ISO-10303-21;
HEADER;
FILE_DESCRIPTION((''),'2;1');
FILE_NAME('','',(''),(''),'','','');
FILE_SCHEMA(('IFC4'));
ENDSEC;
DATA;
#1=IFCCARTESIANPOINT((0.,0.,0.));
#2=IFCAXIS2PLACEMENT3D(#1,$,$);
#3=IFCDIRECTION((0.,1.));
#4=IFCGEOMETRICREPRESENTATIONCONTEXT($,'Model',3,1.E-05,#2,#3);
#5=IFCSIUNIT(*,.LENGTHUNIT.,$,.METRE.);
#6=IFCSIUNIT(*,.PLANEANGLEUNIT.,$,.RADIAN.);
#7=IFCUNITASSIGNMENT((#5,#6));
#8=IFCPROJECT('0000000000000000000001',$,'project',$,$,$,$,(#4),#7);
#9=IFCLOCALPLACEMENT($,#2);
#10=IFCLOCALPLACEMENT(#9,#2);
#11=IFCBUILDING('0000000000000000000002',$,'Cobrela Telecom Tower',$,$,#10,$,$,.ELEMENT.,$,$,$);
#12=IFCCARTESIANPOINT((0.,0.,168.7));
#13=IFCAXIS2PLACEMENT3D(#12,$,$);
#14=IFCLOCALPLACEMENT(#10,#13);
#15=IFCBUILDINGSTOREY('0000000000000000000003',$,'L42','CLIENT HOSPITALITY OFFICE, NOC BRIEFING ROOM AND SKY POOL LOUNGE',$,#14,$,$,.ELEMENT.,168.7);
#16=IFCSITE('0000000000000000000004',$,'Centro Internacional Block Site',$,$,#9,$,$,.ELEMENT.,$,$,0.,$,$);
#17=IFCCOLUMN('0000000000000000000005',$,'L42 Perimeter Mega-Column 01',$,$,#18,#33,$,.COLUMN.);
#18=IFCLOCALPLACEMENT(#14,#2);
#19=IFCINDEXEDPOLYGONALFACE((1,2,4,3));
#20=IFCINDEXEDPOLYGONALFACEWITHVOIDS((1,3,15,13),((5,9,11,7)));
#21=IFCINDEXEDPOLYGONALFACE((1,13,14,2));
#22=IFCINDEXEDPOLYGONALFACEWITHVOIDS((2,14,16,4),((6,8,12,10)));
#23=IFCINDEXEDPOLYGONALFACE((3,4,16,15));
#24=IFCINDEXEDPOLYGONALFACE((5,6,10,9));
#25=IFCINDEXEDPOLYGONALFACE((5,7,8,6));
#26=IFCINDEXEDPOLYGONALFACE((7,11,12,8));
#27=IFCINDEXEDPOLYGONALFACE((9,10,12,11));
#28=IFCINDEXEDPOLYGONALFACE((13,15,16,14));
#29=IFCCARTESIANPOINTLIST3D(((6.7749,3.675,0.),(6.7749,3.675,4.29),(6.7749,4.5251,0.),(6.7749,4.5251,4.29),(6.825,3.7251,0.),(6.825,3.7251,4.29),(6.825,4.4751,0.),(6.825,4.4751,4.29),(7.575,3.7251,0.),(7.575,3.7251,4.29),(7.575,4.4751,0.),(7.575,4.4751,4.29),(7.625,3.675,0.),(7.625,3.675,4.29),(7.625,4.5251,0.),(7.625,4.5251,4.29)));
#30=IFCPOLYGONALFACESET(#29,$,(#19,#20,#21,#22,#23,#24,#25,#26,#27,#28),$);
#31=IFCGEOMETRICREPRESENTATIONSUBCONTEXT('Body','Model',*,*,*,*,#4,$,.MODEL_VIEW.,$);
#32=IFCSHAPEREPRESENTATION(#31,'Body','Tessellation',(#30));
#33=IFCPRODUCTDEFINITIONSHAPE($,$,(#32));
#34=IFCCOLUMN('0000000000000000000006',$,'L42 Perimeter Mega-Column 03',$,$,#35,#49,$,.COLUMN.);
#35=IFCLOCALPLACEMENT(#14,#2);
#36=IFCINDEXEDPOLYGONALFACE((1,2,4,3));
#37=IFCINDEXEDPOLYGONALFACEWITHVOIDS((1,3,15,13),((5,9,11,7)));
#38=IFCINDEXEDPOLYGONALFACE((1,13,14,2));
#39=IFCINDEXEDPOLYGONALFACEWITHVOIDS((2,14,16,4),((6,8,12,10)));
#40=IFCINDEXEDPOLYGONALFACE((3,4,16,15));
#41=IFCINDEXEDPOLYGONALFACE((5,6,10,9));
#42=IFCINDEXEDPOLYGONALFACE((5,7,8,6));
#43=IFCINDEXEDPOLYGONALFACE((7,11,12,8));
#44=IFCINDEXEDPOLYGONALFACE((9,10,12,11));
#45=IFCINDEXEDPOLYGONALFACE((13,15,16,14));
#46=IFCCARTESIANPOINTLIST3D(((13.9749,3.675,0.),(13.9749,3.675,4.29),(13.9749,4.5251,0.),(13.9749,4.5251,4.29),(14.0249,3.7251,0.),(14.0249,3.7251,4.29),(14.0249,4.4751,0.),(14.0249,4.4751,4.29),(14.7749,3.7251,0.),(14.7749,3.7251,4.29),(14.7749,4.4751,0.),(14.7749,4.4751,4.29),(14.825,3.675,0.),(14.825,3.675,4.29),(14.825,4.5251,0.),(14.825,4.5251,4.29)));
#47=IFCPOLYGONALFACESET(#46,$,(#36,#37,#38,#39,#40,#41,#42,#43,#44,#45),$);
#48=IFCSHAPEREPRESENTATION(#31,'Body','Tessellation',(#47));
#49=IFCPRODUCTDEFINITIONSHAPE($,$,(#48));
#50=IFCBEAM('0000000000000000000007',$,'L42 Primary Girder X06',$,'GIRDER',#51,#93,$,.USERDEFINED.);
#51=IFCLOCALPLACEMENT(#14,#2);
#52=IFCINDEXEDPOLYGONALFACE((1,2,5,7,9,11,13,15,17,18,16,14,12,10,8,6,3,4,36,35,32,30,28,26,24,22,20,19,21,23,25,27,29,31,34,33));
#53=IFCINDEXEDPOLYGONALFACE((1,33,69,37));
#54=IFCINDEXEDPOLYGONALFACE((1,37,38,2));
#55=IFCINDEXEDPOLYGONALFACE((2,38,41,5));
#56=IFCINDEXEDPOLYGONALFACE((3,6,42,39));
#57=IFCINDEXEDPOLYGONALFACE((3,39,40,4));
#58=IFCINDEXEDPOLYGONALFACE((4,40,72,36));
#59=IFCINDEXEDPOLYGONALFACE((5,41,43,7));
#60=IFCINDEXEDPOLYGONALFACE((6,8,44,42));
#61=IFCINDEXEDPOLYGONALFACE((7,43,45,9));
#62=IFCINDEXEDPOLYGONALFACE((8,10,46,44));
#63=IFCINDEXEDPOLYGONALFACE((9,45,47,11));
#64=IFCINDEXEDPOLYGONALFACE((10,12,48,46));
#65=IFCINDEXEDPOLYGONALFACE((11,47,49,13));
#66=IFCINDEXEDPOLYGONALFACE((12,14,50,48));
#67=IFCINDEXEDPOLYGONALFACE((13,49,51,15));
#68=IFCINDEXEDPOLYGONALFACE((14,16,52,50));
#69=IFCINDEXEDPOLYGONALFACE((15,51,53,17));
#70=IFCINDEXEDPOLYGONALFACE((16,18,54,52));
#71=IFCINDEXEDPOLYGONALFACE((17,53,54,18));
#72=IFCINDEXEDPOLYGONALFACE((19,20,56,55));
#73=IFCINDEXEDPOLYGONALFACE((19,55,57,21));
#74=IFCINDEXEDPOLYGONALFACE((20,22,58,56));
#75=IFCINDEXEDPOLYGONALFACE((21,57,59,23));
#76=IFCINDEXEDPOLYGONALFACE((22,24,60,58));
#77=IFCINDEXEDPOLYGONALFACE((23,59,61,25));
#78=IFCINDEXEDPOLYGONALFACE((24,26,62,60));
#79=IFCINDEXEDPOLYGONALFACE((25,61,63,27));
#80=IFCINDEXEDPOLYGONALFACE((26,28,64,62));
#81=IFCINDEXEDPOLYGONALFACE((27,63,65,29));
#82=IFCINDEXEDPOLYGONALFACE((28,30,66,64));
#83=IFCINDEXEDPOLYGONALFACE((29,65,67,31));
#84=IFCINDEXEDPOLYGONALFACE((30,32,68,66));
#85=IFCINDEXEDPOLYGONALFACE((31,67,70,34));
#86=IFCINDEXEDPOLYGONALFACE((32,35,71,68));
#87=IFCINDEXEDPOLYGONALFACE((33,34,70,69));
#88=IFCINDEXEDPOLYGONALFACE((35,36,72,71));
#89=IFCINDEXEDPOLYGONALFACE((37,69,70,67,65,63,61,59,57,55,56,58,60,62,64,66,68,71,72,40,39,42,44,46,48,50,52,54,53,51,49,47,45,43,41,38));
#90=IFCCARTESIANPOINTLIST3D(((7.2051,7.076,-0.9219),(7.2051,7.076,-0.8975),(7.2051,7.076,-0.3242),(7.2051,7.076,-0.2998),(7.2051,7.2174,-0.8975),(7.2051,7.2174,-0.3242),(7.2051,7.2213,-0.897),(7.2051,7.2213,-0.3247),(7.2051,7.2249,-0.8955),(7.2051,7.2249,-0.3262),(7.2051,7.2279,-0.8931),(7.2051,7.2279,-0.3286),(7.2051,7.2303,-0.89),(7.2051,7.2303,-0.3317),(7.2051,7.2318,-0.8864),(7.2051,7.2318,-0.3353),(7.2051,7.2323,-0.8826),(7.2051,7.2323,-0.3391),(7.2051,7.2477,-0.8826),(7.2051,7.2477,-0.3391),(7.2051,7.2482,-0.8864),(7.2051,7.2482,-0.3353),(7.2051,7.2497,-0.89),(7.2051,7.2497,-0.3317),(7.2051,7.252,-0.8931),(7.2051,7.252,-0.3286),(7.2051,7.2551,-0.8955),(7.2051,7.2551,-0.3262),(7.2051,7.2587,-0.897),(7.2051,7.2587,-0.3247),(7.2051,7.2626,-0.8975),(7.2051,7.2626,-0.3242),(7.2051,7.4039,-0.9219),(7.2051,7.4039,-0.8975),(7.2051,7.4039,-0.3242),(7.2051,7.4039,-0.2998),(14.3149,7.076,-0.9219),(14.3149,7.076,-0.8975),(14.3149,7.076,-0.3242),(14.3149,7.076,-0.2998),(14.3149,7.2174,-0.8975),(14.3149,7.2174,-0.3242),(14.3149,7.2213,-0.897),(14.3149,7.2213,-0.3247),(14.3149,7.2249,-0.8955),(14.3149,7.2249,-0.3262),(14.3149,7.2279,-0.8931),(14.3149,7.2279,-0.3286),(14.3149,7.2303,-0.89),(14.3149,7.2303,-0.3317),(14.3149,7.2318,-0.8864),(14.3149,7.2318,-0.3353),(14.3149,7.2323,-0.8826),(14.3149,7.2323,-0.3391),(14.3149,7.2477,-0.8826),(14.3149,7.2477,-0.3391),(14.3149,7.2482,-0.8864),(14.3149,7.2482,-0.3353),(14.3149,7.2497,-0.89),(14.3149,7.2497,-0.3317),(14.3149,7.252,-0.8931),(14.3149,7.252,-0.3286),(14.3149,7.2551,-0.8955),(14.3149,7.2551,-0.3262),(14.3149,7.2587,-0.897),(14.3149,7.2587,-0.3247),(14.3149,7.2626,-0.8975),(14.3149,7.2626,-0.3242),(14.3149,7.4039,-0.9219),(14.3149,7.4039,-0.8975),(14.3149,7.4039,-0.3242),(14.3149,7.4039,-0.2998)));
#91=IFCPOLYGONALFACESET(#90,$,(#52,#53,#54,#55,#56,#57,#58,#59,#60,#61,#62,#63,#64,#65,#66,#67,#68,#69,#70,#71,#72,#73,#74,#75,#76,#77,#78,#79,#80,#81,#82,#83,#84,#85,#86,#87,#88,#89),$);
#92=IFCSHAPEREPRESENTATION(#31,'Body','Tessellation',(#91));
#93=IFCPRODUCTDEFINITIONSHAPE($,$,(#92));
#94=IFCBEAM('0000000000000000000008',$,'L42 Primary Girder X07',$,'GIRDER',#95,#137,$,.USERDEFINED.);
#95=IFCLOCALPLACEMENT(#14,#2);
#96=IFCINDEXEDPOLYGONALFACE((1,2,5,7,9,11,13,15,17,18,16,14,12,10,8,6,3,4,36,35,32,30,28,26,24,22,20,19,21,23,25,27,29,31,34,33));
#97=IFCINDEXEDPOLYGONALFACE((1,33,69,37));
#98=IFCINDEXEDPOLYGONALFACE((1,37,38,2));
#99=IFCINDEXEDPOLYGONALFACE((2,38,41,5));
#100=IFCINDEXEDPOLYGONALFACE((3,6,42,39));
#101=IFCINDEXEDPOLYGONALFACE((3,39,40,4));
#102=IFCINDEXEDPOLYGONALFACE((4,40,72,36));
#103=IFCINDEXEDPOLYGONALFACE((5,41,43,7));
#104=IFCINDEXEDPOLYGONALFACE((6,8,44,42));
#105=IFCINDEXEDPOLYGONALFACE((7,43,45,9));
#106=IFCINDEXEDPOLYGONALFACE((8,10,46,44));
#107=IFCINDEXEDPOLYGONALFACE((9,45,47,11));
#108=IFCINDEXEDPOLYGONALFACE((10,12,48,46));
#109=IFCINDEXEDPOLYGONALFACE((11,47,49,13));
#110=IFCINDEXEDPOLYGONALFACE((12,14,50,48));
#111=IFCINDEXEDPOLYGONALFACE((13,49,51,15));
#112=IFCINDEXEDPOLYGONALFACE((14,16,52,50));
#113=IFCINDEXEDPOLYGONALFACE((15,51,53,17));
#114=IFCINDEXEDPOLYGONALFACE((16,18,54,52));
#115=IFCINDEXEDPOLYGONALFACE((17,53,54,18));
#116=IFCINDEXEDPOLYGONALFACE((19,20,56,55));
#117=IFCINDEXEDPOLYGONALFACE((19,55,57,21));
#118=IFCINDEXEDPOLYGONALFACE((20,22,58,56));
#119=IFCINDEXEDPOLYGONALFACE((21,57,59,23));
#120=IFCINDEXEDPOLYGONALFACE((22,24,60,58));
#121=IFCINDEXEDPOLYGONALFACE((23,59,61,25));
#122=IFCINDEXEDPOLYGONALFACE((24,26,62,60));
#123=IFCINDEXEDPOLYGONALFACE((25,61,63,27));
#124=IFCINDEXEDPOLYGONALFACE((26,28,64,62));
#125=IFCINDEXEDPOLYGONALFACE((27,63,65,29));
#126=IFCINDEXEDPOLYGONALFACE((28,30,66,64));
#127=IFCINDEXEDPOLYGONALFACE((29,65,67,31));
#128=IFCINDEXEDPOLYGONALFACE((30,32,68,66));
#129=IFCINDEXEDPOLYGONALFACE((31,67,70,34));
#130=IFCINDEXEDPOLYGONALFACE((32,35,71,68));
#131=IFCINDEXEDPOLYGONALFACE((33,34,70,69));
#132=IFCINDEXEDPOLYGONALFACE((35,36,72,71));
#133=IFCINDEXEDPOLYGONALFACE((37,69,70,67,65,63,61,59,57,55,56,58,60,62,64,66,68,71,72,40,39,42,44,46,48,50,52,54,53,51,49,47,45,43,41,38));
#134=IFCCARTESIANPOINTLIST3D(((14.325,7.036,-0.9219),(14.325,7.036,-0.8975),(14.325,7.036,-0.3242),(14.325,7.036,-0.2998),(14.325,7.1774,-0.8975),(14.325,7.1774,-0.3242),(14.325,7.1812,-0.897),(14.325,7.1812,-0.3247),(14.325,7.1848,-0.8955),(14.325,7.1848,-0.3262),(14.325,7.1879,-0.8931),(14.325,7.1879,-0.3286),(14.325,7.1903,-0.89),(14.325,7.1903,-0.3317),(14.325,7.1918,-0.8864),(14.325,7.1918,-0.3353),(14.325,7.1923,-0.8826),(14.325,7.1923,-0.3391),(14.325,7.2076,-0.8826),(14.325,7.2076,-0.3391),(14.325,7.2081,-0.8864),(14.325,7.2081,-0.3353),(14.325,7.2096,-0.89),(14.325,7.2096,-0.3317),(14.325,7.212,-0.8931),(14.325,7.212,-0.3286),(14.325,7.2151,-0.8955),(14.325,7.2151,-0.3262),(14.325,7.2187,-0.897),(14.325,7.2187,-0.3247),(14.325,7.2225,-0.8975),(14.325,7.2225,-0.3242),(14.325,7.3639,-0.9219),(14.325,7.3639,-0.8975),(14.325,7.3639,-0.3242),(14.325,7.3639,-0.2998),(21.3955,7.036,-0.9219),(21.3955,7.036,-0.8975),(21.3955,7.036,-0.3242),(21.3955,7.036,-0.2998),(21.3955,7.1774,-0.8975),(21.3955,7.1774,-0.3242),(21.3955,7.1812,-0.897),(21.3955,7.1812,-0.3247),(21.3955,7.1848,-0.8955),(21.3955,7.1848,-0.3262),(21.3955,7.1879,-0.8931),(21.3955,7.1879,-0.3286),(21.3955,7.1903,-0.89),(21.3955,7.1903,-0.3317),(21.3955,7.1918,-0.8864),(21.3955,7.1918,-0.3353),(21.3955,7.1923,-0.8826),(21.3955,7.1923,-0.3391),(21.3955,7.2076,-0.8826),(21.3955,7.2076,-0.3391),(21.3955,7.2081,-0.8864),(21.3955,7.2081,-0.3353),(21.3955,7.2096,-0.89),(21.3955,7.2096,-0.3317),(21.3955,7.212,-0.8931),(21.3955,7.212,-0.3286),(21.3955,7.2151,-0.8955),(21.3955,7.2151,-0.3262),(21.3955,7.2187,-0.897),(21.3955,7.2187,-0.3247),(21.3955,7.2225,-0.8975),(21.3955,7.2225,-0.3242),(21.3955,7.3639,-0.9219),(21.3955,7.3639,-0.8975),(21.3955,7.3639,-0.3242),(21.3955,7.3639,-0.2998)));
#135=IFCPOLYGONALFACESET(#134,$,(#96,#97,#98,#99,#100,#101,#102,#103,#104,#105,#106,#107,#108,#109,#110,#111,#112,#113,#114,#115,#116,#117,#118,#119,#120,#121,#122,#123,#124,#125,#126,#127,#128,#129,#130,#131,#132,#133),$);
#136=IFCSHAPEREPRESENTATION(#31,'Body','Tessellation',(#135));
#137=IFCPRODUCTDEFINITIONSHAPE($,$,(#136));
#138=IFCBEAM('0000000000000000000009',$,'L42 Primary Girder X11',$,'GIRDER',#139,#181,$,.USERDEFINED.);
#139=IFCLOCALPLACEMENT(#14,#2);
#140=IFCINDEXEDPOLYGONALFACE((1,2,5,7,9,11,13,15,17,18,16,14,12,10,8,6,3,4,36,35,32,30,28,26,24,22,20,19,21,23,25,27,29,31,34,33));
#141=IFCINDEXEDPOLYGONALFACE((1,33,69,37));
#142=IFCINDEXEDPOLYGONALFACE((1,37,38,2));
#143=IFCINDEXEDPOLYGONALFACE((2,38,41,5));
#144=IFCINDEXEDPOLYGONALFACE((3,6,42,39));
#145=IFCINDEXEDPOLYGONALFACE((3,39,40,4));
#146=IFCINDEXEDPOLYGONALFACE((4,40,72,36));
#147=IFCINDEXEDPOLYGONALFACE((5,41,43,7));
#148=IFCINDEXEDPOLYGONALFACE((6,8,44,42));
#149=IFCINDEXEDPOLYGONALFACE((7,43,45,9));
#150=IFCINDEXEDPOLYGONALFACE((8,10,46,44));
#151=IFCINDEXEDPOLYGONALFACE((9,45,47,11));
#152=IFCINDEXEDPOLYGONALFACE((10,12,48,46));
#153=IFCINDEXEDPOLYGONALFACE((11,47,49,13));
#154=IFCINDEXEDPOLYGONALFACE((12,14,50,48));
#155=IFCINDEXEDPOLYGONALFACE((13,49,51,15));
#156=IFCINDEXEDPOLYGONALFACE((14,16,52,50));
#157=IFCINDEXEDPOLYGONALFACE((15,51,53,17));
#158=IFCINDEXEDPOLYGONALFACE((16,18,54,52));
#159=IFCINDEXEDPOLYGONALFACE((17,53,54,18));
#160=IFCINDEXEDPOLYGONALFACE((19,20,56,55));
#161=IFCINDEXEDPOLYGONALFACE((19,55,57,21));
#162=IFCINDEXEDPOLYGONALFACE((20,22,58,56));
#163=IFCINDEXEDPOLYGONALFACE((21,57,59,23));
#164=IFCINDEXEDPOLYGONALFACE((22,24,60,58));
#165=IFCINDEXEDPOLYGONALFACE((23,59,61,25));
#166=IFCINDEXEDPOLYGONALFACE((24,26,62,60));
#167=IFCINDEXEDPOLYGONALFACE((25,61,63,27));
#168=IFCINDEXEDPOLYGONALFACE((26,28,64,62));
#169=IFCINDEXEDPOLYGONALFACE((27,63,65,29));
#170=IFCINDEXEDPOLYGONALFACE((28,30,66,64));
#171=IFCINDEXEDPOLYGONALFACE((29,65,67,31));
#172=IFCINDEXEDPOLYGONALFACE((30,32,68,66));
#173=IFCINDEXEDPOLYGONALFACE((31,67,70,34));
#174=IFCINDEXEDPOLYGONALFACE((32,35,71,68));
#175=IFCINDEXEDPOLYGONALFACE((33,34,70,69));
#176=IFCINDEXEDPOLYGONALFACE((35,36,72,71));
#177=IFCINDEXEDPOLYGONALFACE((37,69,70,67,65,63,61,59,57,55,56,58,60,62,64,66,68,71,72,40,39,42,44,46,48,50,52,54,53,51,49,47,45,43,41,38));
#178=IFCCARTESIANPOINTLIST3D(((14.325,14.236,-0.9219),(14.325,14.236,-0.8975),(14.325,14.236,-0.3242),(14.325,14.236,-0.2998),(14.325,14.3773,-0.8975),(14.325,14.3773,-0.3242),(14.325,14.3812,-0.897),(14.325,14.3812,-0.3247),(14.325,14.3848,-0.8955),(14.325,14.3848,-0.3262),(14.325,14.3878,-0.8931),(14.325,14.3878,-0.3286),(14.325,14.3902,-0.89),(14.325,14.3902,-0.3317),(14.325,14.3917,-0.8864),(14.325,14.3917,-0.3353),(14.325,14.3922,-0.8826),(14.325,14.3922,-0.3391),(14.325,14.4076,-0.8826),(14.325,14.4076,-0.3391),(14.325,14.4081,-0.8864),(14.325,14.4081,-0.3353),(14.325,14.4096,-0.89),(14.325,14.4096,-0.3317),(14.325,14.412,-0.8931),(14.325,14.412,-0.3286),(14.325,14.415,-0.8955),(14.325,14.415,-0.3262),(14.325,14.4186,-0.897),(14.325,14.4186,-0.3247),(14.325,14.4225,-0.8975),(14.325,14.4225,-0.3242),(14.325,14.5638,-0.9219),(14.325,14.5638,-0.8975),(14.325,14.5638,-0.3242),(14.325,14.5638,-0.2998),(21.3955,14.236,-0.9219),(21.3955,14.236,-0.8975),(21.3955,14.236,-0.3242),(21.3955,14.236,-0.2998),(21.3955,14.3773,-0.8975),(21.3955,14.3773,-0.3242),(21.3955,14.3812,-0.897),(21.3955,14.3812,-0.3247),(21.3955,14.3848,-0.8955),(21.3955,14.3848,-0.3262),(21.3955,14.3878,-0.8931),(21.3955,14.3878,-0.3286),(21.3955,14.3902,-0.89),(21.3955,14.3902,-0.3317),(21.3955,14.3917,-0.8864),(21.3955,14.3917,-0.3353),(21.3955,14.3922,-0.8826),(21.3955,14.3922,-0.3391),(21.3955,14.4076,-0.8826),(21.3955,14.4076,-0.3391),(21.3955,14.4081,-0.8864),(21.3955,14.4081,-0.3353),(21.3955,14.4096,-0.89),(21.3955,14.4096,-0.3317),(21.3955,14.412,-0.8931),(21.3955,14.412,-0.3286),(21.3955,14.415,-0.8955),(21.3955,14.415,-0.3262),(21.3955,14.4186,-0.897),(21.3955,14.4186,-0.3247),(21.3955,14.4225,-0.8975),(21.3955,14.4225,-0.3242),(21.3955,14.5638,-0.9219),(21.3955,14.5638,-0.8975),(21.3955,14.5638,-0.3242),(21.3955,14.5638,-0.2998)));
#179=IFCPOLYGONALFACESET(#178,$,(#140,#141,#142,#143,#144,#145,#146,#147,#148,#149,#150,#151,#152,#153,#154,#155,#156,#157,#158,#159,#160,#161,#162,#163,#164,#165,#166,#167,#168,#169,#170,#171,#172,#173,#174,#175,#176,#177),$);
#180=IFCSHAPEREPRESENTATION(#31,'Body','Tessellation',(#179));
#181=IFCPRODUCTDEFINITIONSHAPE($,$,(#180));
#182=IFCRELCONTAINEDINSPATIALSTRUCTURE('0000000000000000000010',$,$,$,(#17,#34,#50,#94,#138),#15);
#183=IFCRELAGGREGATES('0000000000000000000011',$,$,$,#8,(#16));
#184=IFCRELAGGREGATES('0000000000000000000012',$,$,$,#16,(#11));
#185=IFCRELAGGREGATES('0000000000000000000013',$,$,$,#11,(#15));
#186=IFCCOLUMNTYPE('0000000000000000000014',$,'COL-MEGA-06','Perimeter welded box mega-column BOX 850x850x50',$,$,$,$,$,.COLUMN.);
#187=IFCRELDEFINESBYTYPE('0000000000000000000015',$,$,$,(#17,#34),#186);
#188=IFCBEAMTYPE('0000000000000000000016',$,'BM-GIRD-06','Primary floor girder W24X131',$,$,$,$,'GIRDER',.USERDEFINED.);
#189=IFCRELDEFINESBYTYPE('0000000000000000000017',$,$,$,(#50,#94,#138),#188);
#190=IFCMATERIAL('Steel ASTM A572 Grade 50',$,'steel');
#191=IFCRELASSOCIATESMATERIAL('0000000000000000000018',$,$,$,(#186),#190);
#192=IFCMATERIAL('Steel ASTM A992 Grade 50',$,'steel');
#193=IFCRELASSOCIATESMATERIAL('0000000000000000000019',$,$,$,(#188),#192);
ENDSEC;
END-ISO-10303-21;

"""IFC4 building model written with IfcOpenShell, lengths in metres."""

from ifc_helpers import new_model, si_unit, direction, frame, origin, origin_2d, place, context, subcontext, project, spatial, hollow_rectangle, i_section, extrude, material, material_profile, profile_set, type_object, element, save


model = new_model("IFC4")

# Units and contexts
model_context = context("Model", 3, precision=1e-05, world=origin(), true_north=direction((0.0, 1.0)))
body_context = subcontext(model_context, "Body", "Model", "MODEL_VIEW")
ifc_project = project(units=[si_unit("LENGTHUNIT", "METRE"), si_unit("PLANEANGLEUNIT", "RADIAN")], contexts=[model_context])

# Site, building, storey
site_placement = place(None, origin())
site = spatial("IfcSite", under=ifc_project, at=site_placement, Name="Centro Internacional Block Site", CompositionType="ELEMENT", RefElevation=0.0)
building_placement = place(site_placement, origin())
building = spatial("IfcBuilding", under=site, at=building_placement, Name="Cobrela Telecom Tower", CompositionType="ELEMENT")
storey_placement = place(building_placement, frame((0.0, 0.0, 168.7)))
storey = spatial("IfcBuildingStorey", under=building, at=storey_placement, Name="L42", Description="CLIENT HOSPITALITY OFFICE, NOC BRIEFING ROOM AND SKY POOL LOUNGE", CompositionType="ELEMENT", Elevation=168.7)

# Columns
ifc_material_1 = material(Name="Steel ASTM A572 Grade 50", Category="steel")
ifc_material_profile_1 = material_profile(ifc_material_1, hollow_rectangle(XDim=0.8501, YDim=0.8501, WallThickness=0.05, at=origin_2d()), Name="BOX 850x850x50")
ifc_profile_set_1 = profile_set([ifc_material_profile_1], Name="Steel ASTM A572 Grade 50")
column_type = type_object("IfcColumnType", Name="COL-MEGA-06", Description="Perimeter welded box mega-column BOX 850x850x50", PredefinedType="COLUMN", material=ifc_profile_set_1)
for number, where, z_axis, x_axis, name in (
    (1, (7.2, 4.1001, 0.0), (0.0, 0.0, 1.0), (1.0, 0.0, 0.0), "L42 Perimeter Mega-Column 01"),
    (2, (14.3999, 4.1001, 0.0), (0.0, 0.0, 1.0), (1.0, 0.0, 0.0), "L42 Perimeter Mega-Column 03"),
):
    element("IfcColumn", number, at=place(storey_placement, frame(where, z_axis=z_axis, x_axis=x_axis)), inside=storey, type_object=column_type, Name=name, PredefinedType="COLUMN", context=body_context, shape_type="SweptSolid", body=[
        extrude(hollow_rectangle(XDim=0.8501, YDim=0.8501, WallThickness=0.05, at=origin_2d()), origin(), (0.0, 0.0, 1.0), 4.29),
    ])

# Beams
ifc_material_2 = material(Name="Steel ASTM A992 Grade 50", Category="steel")
ifc_material_profile_2 = material_profile(ifc_material_2, i_section(OverallWidth=0.3279, OverallDepth=0.6221, WebThickness=0.0154, FlangeThickness=0.0244, FilletRadius=0.0149, at=origin_2d()), Name="W24X131")
ifc_profile_set_2 = profile_set([ifc_material_profile_2], Name="Steel ASTM A992 Grade 50")
beam_type_1 = type_object("IfcBeamType", Name="BM-GIRD-06", Description="Primary floor girder W24X131", ElementType="GIRDER", PredefinedType="USERDEFINED", material=ifc_profile_set_2)
beam_1_placement = place(storey_placement, frame((7.2051, 7.24, -0.6108), z_axis=(1.0, 0.0, 0.0), x_axis=(0.0, 1.0, 0.0)))
element("IfcBeam", 3, at=beam_1_placement, inside=storey, type_object=beam_type_1, Name="L42 Primary Girder X06", ObjectType="GIRDER", PredefinedType="USERDEFINED", context=body_context, shape_type="SweptSolid", body=[
    extrude(i_section(OverallWidth=0.3279, OverallDepth=0.6221, WebThickness=0.0154, FlangeThickness=0.0244, FilletRadius=0.0149, at=origin_2d()), origin(), (0.0, 0.0, 1.0), 7.1099),
])
for number, where, z_axis, x_axis, name in (
    (4, (14.325, 7.2, -0.6108), (1.0, 0.0, 0.0), (0.0, 1.0, 0.0), "L42 Primary Girder X07"),
    (5, (14.325, 14.3999, -0.6108), (1.0, 0.0, 0.0), (0.0, 1.0, 0.0), "L42 Primary Girder X11"),
):
    element("IfcBeam", number, at=place(storey_placement, frame(where, z_axis=z_axis, x_axis=x_axis)), inside=storey, type_object=beam_type_1, Name=name, ObjectType="GIRDER", PredefinedType="USERDEFINED", context=body_context, shape_type="SweptSolid", body=[
        extrude(i_section(OverallWidth=0.3279, OverallDepth=0.6221, WebThickness=0.0154, FlangeThickness=0.0244, FilletRadius=0.0149, at=origin_2d()), origin(), (0.0, 0.0, 1.0), 7.0706),
    ])

save(model, "model.ifc")
